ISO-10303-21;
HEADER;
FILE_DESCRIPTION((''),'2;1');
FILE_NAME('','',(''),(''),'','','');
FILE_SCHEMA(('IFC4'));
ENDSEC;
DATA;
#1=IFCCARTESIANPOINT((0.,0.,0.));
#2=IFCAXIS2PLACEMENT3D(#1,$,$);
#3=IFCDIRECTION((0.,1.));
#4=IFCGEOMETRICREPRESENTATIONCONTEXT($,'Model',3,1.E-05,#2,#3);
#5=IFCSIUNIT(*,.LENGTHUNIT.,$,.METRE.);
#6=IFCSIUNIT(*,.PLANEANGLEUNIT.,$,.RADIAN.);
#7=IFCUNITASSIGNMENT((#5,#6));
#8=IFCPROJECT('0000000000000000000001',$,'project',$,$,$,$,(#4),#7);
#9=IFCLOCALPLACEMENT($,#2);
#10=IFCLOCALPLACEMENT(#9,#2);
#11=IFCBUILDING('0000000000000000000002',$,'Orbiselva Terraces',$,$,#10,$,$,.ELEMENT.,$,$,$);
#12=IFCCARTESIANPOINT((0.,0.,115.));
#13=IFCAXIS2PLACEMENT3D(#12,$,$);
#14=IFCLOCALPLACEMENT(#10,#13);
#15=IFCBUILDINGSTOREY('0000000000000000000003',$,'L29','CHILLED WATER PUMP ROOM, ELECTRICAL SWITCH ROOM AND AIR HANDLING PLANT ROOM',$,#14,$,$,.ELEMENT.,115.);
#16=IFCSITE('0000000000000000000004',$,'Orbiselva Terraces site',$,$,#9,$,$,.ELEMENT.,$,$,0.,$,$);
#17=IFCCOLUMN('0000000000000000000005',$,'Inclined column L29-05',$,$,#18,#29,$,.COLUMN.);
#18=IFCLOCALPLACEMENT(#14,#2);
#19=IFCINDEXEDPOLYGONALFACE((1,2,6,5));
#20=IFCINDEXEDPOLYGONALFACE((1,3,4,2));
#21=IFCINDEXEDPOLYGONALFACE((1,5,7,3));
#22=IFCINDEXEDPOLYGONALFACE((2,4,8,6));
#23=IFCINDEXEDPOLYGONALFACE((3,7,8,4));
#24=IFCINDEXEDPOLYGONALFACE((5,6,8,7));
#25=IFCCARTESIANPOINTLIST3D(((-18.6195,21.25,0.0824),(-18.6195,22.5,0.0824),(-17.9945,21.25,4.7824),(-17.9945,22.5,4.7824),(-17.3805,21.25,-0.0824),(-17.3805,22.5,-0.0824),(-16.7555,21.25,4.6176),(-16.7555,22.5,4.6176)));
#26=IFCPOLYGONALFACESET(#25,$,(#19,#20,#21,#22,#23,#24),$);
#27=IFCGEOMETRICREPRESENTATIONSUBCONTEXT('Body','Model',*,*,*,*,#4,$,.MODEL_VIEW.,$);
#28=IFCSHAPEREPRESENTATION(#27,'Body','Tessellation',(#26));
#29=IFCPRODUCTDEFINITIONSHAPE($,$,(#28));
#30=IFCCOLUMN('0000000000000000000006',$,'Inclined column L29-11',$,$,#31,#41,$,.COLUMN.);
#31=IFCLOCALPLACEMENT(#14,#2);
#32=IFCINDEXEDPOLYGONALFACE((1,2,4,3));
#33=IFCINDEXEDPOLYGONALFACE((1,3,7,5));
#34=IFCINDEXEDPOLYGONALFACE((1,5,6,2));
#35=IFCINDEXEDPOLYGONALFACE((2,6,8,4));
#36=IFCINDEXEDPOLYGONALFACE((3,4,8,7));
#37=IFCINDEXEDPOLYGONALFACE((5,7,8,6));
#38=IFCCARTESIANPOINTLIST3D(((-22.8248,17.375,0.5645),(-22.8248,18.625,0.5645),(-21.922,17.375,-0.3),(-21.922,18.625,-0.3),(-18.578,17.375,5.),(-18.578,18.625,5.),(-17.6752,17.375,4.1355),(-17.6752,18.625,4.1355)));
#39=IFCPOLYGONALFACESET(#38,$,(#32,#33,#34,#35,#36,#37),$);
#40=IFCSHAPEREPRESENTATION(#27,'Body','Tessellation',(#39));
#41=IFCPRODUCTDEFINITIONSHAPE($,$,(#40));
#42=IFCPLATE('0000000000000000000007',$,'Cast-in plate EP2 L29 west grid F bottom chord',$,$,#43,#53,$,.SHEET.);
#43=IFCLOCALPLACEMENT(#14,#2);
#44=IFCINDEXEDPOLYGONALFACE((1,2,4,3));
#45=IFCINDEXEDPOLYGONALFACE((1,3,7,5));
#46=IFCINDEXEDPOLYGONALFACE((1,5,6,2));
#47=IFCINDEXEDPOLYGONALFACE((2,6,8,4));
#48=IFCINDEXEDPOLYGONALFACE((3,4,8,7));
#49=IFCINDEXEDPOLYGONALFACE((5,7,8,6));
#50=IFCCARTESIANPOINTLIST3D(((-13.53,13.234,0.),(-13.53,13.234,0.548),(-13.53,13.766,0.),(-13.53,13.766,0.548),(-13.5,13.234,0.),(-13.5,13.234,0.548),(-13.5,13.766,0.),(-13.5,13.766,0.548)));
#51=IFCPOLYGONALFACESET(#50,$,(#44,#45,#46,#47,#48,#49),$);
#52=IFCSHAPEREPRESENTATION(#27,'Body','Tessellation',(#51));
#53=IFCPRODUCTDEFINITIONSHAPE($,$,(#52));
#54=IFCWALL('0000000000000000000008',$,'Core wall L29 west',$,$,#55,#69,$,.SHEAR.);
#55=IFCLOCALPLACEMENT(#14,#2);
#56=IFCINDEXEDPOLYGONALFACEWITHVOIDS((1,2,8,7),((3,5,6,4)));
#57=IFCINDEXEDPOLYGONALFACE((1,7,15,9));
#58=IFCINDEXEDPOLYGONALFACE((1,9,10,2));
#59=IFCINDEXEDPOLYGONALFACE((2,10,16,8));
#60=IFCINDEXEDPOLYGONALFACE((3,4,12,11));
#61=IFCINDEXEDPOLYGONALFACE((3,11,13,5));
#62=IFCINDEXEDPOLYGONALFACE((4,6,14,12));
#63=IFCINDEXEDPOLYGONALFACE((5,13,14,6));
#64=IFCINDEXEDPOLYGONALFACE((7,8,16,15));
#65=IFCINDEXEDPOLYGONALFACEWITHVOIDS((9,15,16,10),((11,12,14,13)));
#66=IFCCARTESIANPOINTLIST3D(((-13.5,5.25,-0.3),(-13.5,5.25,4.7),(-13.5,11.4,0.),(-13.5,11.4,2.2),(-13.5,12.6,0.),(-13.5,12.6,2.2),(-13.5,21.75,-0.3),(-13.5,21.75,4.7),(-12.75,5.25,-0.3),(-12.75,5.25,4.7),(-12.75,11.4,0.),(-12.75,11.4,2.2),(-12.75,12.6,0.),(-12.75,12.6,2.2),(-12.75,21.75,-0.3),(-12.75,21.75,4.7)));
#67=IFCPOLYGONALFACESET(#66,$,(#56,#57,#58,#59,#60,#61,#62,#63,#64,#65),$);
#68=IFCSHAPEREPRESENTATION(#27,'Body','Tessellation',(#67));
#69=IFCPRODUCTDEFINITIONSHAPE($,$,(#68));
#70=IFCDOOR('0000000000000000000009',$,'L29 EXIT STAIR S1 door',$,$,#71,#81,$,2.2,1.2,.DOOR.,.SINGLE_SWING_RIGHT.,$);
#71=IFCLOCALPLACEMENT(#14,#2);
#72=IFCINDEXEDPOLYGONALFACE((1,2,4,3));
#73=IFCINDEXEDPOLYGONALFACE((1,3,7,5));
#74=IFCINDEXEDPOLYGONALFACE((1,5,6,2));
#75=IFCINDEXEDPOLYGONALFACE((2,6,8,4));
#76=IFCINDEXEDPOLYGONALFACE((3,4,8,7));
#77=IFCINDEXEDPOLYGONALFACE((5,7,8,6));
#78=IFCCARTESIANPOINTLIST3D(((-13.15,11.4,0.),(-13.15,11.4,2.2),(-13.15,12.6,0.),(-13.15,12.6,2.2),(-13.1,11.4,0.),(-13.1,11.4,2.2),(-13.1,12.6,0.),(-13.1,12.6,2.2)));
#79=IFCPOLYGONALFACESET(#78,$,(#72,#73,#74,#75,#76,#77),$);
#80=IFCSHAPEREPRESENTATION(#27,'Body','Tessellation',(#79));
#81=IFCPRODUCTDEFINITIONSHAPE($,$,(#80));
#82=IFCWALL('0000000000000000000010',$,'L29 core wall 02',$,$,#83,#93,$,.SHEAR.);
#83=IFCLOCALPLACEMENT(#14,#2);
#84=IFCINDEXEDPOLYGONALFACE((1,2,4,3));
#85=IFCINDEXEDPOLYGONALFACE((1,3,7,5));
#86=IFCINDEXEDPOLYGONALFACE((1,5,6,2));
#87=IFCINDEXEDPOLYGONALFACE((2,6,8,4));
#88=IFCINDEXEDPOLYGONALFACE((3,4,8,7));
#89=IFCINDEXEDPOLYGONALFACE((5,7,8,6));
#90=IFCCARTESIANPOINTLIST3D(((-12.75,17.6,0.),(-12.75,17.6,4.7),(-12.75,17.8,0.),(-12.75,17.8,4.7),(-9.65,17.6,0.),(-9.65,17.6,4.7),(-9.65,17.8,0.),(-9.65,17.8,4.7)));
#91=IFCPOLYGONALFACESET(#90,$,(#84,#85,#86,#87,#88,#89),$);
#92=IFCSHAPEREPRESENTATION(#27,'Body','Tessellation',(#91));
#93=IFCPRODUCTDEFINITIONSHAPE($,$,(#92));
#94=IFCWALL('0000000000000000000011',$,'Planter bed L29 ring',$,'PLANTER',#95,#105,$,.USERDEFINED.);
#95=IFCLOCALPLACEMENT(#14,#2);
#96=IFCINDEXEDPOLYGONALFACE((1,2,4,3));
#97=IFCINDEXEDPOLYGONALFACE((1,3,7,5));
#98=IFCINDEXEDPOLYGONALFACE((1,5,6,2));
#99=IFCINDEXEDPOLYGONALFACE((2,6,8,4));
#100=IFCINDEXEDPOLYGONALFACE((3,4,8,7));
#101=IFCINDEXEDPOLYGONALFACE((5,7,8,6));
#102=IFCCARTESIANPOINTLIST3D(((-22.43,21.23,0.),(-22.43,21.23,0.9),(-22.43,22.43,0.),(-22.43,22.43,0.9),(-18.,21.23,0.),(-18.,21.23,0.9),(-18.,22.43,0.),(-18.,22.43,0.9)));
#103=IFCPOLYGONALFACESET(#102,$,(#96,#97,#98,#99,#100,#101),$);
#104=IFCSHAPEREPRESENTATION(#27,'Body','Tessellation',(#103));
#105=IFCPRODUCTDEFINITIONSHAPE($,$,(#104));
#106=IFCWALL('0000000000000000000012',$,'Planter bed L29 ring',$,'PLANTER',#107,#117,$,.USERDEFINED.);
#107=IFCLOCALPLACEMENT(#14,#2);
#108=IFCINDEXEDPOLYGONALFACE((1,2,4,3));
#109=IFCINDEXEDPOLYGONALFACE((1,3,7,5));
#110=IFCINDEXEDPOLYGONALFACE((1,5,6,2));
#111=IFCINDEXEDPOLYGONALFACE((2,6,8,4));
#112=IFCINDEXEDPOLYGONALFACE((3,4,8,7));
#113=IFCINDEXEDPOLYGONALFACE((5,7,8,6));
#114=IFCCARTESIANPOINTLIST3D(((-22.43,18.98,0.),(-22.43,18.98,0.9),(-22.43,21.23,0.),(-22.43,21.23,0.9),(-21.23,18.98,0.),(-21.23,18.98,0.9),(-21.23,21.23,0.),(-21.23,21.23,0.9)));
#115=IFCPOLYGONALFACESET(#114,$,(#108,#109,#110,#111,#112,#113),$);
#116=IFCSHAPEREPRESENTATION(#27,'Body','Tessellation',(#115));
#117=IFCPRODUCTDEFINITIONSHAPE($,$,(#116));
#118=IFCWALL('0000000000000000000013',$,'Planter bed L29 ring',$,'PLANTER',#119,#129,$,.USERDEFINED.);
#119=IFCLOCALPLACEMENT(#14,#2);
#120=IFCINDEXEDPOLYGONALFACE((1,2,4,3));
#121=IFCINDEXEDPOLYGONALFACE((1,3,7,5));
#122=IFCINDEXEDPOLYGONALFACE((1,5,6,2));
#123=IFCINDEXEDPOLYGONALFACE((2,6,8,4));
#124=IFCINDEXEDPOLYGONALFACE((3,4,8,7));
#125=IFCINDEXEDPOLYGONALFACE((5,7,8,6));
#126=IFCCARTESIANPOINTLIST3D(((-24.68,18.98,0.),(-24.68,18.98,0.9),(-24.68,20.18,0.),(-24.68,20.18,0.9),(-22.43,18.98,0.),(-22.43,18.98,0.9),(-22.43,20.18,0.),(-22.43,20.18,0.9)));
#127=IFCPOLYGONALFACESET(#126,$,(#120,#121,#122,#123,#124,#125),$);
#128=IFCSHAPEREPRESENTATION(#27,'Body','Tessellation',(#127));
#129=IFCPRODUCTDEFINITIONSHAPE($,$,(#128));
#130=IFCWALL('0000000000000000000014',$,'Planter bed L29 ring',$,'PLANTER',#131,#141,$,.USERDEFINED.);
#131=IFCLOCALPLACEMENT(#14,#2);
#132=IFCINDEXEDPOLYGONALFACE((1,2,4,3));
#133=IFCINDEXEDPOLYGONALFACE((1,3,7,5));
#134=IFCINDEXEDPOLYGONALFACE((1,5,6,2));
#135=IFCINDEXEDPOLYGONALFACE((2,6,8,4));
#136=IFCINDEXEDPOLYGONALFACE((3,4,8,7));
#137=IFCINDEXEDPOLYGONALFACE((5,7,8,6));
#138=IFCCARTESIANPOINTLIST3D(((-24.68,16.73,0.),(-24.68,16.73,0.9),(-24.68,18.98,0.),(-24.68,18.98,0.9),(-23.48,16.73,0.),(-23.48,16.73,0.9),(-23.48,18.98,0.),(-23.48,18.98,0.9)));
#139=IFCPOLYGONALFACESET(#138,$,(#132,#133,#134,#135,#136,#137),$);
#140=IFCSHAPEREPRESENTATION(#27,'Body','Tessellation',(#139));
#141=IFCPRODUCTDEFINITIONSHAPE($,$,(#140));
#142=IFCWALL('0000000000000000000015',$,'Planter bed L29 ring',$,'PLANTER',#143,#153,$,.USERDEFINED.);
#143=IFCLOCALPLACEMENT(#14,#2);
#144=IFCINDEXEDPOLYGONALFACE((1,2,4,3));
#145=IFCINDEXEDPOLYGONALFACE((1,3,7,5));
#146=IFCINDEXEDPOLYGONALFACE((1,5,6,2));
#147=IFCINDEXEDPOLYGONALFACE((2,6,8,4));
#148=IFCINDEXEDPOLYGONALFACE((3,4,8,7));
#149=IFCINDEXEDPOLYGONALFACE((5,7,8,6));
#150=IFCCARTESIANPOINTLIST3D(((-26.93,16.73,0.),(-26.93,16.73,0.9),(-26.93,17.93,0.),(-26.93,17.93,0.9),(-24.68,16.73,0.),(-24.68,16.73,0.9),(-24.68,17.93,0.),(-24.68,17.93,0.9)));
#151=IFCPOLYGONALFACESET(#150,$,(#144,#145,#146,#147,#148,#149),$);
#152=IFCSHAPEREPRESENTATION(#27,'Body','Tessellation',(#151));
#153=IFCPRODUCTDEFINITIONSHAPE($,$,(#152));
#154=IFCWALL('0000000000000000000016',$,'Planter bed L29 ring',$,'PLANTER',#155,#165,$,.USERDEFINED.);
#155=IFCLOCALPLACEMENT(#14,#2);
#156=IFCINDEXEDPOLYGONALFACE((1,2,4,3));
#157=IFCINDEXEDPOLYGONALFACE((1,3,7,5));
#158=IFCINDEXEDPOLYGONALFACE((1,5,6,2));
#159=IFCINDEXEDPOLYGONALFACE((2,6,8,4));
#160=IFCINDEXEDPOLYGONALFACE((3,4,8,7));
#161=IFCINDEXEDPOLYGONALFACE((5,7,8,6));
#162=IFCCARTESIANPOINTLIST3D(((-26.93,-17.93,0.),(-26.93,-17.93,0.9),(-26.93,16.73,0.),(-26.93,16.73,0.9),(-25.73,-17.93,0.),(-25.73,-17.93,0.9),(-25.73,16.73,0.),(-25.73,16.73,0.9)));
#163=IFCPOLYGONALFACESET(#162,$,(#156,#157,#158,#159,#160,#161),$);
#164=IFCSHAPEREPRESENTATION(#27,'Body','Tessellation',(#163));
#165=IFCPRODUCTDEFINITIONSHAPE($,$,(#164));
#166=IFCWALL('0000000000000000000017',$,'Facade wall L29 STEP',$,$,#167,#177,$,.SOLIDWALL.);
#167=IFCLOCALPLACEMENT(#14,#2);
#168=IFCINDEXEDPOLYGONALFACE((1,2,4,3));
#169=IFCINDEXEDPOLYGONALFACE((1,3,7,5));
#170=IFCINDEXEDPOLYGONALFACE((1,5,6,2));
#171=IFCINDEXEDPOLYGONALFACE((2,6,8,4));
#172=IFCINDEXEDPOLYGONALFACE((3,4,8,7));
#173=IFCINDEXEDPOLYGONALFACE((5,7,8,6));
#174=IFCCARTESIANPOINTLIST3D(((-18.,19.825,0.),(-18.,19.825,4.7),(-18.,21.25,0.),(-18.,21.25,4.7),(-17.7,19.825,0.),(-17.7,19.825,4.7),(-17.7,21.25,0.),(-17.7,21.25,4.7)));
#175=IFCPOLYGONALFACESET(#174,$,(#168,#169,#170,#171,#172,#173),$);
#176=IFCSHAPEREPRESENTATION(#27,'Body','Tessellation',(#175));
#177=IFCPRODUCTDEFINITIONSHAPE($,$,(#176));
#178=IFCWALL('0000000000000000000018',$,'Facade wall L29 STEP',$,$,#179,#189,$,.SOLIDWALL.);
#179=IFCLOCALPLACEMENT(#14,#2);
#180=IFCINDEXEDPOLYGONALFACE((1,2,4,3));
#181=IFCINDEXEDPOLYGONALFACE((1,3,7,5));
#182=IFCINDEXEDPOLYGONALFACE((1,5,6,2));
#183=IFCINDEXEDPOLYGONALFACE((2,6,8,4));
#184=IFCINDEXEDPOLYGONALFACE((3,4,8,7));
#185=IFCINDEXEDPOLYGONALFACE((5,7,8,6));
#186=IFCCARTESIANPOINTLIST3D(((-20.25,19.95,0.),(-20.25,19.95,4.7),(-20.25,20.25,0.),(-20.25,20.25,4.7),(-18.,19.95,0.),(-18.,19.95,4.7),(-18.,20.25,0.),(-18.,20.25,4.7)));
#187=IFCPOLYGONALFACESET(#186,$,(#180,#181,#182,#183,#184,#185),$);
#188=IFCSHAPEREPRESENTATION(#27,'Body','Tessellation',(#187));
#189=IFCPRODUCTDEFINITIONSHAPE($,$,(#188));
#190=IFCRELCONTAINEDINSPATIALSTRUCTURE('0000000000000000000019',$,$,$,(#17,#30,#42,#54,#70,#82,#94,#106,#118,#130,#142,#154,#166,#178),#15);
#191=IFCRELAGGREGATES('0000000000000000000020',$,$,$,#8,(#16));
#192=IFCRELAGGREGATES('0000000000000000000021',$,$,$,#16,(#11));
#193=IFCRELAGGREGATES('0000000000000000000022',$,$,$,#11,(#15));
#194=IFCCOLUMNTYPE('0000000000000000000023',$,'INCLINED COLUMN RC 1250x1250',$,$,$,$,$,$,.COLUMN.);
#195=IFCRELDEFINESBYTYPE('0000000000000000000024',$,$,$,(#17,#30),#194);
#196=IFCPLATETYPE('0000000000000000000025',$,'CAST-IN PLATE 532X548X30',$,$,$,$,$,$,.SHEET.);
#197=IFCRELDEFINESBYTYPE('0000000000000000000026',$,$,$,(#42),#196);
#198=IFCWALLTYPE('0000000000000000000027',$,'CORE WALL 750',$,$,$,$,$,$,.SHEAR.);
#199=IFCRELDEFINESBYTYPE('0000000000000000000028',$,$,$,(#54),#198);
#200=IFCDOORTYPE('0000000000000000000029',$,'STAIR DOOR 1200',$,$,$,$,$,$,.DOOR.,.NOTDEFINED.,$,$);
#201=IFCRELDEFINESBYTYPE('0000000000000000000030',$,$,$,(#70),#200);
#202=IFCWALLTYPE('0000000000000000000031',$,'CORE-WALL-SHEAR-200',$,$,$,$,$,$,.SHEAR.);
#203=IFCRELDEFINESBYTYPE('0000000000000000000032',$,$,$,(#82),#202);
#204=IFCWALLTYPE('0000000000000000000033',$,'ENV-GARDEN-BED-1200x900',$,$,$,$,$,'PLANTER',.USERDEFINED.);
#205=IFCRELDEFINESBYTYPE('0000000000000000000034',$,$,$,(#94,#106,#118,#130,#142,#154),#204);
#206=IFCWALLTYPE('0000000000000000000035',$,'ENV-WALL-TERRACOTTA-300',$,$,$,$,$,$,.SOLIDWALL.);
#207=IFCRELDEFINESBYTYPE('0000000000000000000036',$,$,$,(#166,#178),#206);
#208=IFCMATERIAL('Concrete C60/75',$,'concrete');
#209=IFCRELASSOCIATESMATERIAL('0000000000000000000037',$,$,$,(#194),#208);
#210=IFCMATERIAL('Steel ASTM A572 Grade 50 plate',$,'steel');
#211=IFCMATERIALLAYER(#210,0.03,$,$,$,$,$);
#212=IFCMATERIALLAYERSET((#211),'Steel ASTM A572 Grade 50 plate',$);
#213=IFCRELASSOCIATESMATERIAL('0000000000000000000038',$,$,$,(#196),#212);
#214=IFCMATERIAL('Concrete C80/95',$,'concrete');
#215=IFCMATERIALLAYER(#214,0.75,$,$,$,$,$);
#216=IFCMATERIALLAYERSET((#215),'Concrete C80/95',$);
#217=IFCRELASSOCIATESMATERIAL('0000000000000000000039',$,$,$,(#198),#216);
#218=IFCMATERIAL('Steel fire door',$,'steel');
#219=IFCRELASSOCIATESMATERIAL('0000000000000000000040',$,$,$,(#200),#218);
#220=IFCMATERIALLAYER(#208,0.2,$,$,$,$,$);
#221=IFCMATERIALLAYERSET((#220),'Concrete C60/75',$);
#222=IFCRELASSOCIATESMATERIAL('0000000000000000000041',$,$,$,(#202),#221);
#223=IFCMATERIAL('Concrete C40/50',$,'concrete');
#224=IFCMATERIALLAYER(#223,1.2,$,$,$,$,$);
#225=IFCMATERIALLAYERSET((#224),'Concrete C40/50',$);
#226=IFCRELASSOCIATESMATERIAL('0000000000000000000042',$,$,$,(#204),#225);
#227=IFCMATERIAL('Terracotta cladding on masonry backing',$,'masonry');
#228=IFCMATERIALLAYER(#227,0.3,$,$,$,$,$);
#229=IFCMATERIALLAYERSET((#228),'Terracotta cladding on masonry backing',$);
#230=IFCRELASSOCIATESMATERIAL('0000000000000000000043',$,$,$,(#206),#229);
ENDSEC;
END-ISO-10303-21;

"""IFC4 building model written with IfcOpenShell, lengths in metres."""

from ifc_helpers import new_model, si_unit, direction, frame, frame_2d, origin, origin_2d, place, context, subcontext, project, spatial, rectangle, extrude, material, layer, layer_set, material_profile, profile_set, type_object, element, fill, save


model = new_model("IFC4")

# Units and contexts
model_context = context("Model", 3, precision=1e-05, world=origin(), true_north=direction((0.0, 1.0)))
body_context = subcontext(model_context, "Body", "Model", "MODEL_VIEW")
ifc_project = project(units=[si_unit("LENGTHUNIT", "METRE"), si_unit("PLANEANGLEUNIT", "RADIAN")], contexts=[model_context])

# Site, building, storey
site_placement = place(None, origin())
site = spatial("IfcSite", under=ifc_project, at=site_placement, Name="Orbiselva Terraces site", CompositionType="ELEMENT", RefElevation=0.0)
building_placement = place(site_placement, origin())
building = spatial("IfcBuilding", under=site, at=building_placement, Name="Orbiselva Terraces", CompositionType="ELEMENT")
storey_placement = place(building_placement, frame((0.0, 0.0, 115.0)))
storey = spatial("IfcBuildingStorey", under=building, at=storey_placement, Name="L29", Description="CHILLED WATER PUMP ROOM, ELECTRICAL SWITCH ROOM AND AIR HANDLING PLANT ROOM", CompositionType="ELEMENT", Elevation=115.0)

# Columns
ifc_material_1 = material(Name="Concrete C60/75", Category="concrete")
ifc_material_profile = material_profile(ifc_material_1, rectangle(XDim=1.25, YDim=1.25, at=origin_2d()), Name="RC 1250x1250")
ifc_profile_set = profile_set([ifc_material_profile], Name="Concrete C60/75")
column_type = type_object("IfcColumnType", Name="INCLINED COLUMN RC 1250x1250", PredefinedType="COLUMN", material=ifc_profile_set)
column_1_placement = place(storey_placement, frame((-18.0, 21.875, 0.0), z_axis=(0.131818, 0.0, 0.991274), x_axis=(0.0, 1.0, 0.0)))
element("IfcColumn", 1, at=column_1_placement, inside=storey, type_object=column_type, Name="Inclined column L29-05", PredefinedType="COLUMN", context=body_context, shape_type="SweptSolid", body=[
    extrude(rectangle(XDim=1.25, YDim=1.25, at=origin_2d()), origin(), (0.0, 0.0, 1.0), 4.7414),
])
column_2_placement = place(storey_placement, frame((-22.3734, 18.0, 0.1322), z_axis=(0.691572, 0.0, 0.722308), x_axis=(0.0, 1.0, 0.0)))
element("IfcColumn", 2, at=column_2_placement, inside=storey, type_object=column_type, Name="Inclined column L29-11", PredefinedType="COLUMN", context=body_context, shape_type="SweptSolid", body=[
    extrude(rectangle(XDim=1.25, YDim=1.25, at=origin_2d()), origin(), (0.0, 0.0, 1.0), 6.1408),
])

# Plate
ifc_material_2 = material(Name="Steel ASTM A572 Grade 50 plate", Category="steel")
ifc_layer_1 = layer(ifc_material_2, 0.03)
ifc_layer_set_1 = layer_set([ifc_layer_1], Name="Steel ASTM A572 Grade 50 plate")
plate_type = type_object("IfcPlateType", Name="CAST-IN PLATE 532X548X30", PredefinedType="SHEET", material=ifc_layer_set_1)
plate_placement = place(storey_placement, frame((-13.515, 13.5, 0.0), z_axis=(0.0, 0.0, 1.0), x_axis=(1.0, 0.0, 0.0)))
element("IfcPlate", 3, at=plate_placement, inside=storey, type_object=plate_type, Name="Cast-in plate EP2 L29 west grid F bottom chord", PredefinedType="SHEET", context=body_context, shape_type="SweptSolid", body=[
    extrude(rectangle(XDim=0.03, YDim=0.532, at=origin_2d()), origin(), (0.0, 0.0, 1.0), 0.548),
])

# Wall, opening, door
ifc_material_3 = material(Name="Concrete C80/95", Category="concrete")
ifc_layer_2 = layer(ifc_material_3, 0.75)
ifc_layer_set_2 = layer_set([ifc_layer_2], Name="Concrete C80/95")
wall_type_1 = type_object("IfcWallType", Name="CORE WALL 750", PredefinedType="SHEAR", material=ifc_layer_set_2)
wall_1_placement = place(storey_placement, frame((-13.125, 21.75, -0.3), z_axis=(0.0, 0.0, 1.0), x_axis=(0.0, -1.0, 0.0)))
wall_1 = element("IfcWall", 4, at=wall_1_placement, inside=storey, type_object=wall_type_1, Name="Core wall L29 west", PredefinedType="SHEAR", context=body_context, shape_type="SweptSolid", body=[
    extrude(rectangle(XDim=16.5, YDim=0.75, at=frame_2d((8.25, 0.0))), origin(), (0.0, 0.0, 1.0), 5.0),
])
opening_placement = place(wall_1_placement, frame((9.15, 0.0, 0.3)))
opening = element("IfcOpeningElement", 5, at=opening_placement, cuts=wall_1, PredefinedType="OPENING", context=body_context, shape_type="SweptSolid", body=[
    extrude(rectangle(XDim=1.2, YDim=2.2, at=frame_2d((0.6, 1.1))), frame((0.0, 0.385, 0.0), z_axis=(0.0, -1.0, 0.0), x_axis=(1.0, 0.0, 0.0)), (0.0, 0.0, 1.0), 0.77),
])
ifc_material_4 = material(Name="Steel fire door", Category="steel")
door_type = type_object("IfcDoorType", Name="STAIR DOOR 1200", OperationType="NOTDEFINED", PredefinedType="DOOR", material=ifc_material_4)
door_placement = place(opening_placement, frame((1.2, 0.0, 0.0), z_axis=(0.0, 0.0, 1.0), x_axis=(-1.0, 0.0, 0.0)))
door = element("IfcDoor", 6, at=door_placement, inside=storey, type_object=door_type, Name="L29 EXIT STAIR S1 door", OperationType="SINGLE_SWING_RIGHT", OverallHeight=2.2, OverallWidth=1.2, PredefinedType="DOOR", context=body_context, shape_type="SweptSolid", body=[
    extrude(rectangle(XDim=1.2, YDim=2.2, at=frame_2d((0.6, 1.1))), frame((0.0, 0.025, 0.0), z_axis=(0.0, -1.0, 0.0), x_axis=(1.0, 0.0, 0.0)), (0.0, 0.0, 1.0), 0.05),
])
fill(opening, door)

# Walls
ifc_layer_3 = layer(ifc_material_1, 0.2)
ifc_layer_set_3 = layer_set([ifc_layer_3], Name="Concrete C60/75")
wall_type_2 = type_object("IfcWallType", Name="CORE-WALL-SHEAR-200", PredefinedType="SHEAR", material=ifc_layer_set_3)
wall_2_placement = place(storey_placement, frame((-12.75, 17.7, 0.0), z_axis=(0.0, 0.0, 1.0), x_axis=(1.0, 0.0, 0.0)))
element("IfcWall", 7, at=wall_2_placement, inside=storey, type_object=wall_type_2, Name="L29 core wall 02", PredefinedType="SHEAR", context=body_context, shape_type="SweptSolid", body=[
    extrude(rectangle(XDim=3.1, YDim=0.2, at=frame_2d((1.55, 0.0))), origin(), (0.0, 0.0, 1.0), 4.7),
])
ifc_material_5 = material(Name="Concrete C40/50", Category="concrete")
ifc_layer_4 = layer(ifc_material_5, 1.2)
ifc_layer_set_4 = layer_set([ifc_layer_4], Name="Concrete C40/50")
wall_type_3 = type_object("IfcWallType", Name="ENV-GARDEN-BED-1200x900", ElementType="PLANTER", PredefinedType="USERDEFINED", material=ifc_layer_set_4)
wall_3_placement = place(storey_placement, frame((-18.0, 21.83, 0.0), z_axis=(0.0, 0.0, 1.0), x_axis=(-1.0, 0.0, 0.0)))
element("IfcWall", 8, at=wall_3_placement, inside=storey, type_object=wall_type_3, Name="Planter bed L29 ring", ObjectType="PLANTER", PredefinedType="USERDEFINED", context=body_context, shape_type="SweptSolid", body=[
    extrude(rectangle(XDim=4.43, YDim=1.2, at=frame_2d((2.215, 0.0))), origin(), (0.0, 0.0, 1.0), 0.9),
])
for number, where, z_axis, x_axis, name in (
    (9, (-21.83, 21.23, 0.0), (0.0, 0.0, 1.0), (0.0, -1.0, 0.0), "Planter bed L29 ring"),
    (10, (-22.43, 19.58, 0.0), (0.0, 0.0, 1.0), (-1.0, 0.0, 0.0), "Planter bed L29 ring"),
    (11, (-24.08, 18.98, 0.0), (0.0, 0.0, 1.0), (0.0, -1.0, 0.0), "Planter bed L29 ring"),
    (12, (-24.68, 17.33, 0.0), (0.0, 0.0, 1.0), (-1.0, 0.0, 0.0), "Planter bed L29 ring"),
):
    element("IfcWall", number, at=place(storey_placement, frame(where, z_axis=z_axis, x_axis=x_axis)), inside=storey, type_object=wall_type_3, Name=name, ObjectType="PLANTER", PredefinedType="USERDEFINED", context=body_context, shape_type="SweptSolid", body=[
        extrude(rectangle(XDim=2.25, YDim=1.2, at=frame_2d((1.125, 0.0))), origin(), (0.0, 0.0, 1.0), 0.9),
    ])
wall_4_placement = place(storey_placement, frame((-26.33, 16.73, 0.0), z_axis=(0.0, 0.0, 1.0), x_axis=(0.0, -1.0, 0.0)))
element("IfcWall", 13, at=wall_4_placement, inside=storey, type_object=wall_type_3, Name="Planter bed L29 ring", ObjectType="PLANTER", PredefinedType="USERDEFINED", context=body_context, shape_type="SweptSolid", body=[
    extrude(rectangle(XDim=34.66, YDim=1.2, at=frame_2d((17.33, 0.0))), origin(), (0.0, 0.0, 1.0), 0.9),
])
ifc_material_6 = material(Name="Terracotta cladding on masonry backing", Category="masonry")
ifc_layer_5 = layer(ifc_material_6, 0.3)
ifc_layer_set_5 = layer_set([ifc_layer_5], Name="Terracotta cladding on masonry backing")
wall_type_4 = type_object("IfcWallType", Name="ENV-WALL-TERRACOTTA-300", PredefinedType="SOLIDWALL", material=ifc_layer_set_5)
wall_5_placement = place(storey_placement, frame((-17.85, 19.825, 0.0), z_axis=(0.0, 0.0, 1.0), x_axis=(0.0, 1.0, 0.0)))
element("IfcWall", 14, at=wall_5_placement, inside=storey, type_object=wall_type_4, Name="Facade wall L29 STEP", PredefinedType="SOLIDWALL", context=body_context, shape_type="SweptSolid", body=[
    extrude(rectangle(XDim=1.425, YDim=0.3, at=frame_2d((0.7125, 0.0))), origin(), (0.0, 0.0, 1.0), 4.7),
])
wall_6_placement = place(storey_placement, frame((-20.25, 20.1, 0.0), z_axis=(0.0, 0.0, 1.0), x_axis=(1.0, 0.0, 0.0)))
element("IfcWall", 15, at=wall_6_placement, inside=storey, type_object=wall_type_4, Name="Facade wall L29 STEP", PredefinedType="SOLIDWALL", context=body_context, shape_type="SweptSolid", body=[
    extrude(rectangle(XDim=2.25, YDim=0.3, at=frame_2d((1.125, 0.0))), origin(), (0.0, 0.0, 1.0), 4.7),
])

save(model, "model.ifc")
